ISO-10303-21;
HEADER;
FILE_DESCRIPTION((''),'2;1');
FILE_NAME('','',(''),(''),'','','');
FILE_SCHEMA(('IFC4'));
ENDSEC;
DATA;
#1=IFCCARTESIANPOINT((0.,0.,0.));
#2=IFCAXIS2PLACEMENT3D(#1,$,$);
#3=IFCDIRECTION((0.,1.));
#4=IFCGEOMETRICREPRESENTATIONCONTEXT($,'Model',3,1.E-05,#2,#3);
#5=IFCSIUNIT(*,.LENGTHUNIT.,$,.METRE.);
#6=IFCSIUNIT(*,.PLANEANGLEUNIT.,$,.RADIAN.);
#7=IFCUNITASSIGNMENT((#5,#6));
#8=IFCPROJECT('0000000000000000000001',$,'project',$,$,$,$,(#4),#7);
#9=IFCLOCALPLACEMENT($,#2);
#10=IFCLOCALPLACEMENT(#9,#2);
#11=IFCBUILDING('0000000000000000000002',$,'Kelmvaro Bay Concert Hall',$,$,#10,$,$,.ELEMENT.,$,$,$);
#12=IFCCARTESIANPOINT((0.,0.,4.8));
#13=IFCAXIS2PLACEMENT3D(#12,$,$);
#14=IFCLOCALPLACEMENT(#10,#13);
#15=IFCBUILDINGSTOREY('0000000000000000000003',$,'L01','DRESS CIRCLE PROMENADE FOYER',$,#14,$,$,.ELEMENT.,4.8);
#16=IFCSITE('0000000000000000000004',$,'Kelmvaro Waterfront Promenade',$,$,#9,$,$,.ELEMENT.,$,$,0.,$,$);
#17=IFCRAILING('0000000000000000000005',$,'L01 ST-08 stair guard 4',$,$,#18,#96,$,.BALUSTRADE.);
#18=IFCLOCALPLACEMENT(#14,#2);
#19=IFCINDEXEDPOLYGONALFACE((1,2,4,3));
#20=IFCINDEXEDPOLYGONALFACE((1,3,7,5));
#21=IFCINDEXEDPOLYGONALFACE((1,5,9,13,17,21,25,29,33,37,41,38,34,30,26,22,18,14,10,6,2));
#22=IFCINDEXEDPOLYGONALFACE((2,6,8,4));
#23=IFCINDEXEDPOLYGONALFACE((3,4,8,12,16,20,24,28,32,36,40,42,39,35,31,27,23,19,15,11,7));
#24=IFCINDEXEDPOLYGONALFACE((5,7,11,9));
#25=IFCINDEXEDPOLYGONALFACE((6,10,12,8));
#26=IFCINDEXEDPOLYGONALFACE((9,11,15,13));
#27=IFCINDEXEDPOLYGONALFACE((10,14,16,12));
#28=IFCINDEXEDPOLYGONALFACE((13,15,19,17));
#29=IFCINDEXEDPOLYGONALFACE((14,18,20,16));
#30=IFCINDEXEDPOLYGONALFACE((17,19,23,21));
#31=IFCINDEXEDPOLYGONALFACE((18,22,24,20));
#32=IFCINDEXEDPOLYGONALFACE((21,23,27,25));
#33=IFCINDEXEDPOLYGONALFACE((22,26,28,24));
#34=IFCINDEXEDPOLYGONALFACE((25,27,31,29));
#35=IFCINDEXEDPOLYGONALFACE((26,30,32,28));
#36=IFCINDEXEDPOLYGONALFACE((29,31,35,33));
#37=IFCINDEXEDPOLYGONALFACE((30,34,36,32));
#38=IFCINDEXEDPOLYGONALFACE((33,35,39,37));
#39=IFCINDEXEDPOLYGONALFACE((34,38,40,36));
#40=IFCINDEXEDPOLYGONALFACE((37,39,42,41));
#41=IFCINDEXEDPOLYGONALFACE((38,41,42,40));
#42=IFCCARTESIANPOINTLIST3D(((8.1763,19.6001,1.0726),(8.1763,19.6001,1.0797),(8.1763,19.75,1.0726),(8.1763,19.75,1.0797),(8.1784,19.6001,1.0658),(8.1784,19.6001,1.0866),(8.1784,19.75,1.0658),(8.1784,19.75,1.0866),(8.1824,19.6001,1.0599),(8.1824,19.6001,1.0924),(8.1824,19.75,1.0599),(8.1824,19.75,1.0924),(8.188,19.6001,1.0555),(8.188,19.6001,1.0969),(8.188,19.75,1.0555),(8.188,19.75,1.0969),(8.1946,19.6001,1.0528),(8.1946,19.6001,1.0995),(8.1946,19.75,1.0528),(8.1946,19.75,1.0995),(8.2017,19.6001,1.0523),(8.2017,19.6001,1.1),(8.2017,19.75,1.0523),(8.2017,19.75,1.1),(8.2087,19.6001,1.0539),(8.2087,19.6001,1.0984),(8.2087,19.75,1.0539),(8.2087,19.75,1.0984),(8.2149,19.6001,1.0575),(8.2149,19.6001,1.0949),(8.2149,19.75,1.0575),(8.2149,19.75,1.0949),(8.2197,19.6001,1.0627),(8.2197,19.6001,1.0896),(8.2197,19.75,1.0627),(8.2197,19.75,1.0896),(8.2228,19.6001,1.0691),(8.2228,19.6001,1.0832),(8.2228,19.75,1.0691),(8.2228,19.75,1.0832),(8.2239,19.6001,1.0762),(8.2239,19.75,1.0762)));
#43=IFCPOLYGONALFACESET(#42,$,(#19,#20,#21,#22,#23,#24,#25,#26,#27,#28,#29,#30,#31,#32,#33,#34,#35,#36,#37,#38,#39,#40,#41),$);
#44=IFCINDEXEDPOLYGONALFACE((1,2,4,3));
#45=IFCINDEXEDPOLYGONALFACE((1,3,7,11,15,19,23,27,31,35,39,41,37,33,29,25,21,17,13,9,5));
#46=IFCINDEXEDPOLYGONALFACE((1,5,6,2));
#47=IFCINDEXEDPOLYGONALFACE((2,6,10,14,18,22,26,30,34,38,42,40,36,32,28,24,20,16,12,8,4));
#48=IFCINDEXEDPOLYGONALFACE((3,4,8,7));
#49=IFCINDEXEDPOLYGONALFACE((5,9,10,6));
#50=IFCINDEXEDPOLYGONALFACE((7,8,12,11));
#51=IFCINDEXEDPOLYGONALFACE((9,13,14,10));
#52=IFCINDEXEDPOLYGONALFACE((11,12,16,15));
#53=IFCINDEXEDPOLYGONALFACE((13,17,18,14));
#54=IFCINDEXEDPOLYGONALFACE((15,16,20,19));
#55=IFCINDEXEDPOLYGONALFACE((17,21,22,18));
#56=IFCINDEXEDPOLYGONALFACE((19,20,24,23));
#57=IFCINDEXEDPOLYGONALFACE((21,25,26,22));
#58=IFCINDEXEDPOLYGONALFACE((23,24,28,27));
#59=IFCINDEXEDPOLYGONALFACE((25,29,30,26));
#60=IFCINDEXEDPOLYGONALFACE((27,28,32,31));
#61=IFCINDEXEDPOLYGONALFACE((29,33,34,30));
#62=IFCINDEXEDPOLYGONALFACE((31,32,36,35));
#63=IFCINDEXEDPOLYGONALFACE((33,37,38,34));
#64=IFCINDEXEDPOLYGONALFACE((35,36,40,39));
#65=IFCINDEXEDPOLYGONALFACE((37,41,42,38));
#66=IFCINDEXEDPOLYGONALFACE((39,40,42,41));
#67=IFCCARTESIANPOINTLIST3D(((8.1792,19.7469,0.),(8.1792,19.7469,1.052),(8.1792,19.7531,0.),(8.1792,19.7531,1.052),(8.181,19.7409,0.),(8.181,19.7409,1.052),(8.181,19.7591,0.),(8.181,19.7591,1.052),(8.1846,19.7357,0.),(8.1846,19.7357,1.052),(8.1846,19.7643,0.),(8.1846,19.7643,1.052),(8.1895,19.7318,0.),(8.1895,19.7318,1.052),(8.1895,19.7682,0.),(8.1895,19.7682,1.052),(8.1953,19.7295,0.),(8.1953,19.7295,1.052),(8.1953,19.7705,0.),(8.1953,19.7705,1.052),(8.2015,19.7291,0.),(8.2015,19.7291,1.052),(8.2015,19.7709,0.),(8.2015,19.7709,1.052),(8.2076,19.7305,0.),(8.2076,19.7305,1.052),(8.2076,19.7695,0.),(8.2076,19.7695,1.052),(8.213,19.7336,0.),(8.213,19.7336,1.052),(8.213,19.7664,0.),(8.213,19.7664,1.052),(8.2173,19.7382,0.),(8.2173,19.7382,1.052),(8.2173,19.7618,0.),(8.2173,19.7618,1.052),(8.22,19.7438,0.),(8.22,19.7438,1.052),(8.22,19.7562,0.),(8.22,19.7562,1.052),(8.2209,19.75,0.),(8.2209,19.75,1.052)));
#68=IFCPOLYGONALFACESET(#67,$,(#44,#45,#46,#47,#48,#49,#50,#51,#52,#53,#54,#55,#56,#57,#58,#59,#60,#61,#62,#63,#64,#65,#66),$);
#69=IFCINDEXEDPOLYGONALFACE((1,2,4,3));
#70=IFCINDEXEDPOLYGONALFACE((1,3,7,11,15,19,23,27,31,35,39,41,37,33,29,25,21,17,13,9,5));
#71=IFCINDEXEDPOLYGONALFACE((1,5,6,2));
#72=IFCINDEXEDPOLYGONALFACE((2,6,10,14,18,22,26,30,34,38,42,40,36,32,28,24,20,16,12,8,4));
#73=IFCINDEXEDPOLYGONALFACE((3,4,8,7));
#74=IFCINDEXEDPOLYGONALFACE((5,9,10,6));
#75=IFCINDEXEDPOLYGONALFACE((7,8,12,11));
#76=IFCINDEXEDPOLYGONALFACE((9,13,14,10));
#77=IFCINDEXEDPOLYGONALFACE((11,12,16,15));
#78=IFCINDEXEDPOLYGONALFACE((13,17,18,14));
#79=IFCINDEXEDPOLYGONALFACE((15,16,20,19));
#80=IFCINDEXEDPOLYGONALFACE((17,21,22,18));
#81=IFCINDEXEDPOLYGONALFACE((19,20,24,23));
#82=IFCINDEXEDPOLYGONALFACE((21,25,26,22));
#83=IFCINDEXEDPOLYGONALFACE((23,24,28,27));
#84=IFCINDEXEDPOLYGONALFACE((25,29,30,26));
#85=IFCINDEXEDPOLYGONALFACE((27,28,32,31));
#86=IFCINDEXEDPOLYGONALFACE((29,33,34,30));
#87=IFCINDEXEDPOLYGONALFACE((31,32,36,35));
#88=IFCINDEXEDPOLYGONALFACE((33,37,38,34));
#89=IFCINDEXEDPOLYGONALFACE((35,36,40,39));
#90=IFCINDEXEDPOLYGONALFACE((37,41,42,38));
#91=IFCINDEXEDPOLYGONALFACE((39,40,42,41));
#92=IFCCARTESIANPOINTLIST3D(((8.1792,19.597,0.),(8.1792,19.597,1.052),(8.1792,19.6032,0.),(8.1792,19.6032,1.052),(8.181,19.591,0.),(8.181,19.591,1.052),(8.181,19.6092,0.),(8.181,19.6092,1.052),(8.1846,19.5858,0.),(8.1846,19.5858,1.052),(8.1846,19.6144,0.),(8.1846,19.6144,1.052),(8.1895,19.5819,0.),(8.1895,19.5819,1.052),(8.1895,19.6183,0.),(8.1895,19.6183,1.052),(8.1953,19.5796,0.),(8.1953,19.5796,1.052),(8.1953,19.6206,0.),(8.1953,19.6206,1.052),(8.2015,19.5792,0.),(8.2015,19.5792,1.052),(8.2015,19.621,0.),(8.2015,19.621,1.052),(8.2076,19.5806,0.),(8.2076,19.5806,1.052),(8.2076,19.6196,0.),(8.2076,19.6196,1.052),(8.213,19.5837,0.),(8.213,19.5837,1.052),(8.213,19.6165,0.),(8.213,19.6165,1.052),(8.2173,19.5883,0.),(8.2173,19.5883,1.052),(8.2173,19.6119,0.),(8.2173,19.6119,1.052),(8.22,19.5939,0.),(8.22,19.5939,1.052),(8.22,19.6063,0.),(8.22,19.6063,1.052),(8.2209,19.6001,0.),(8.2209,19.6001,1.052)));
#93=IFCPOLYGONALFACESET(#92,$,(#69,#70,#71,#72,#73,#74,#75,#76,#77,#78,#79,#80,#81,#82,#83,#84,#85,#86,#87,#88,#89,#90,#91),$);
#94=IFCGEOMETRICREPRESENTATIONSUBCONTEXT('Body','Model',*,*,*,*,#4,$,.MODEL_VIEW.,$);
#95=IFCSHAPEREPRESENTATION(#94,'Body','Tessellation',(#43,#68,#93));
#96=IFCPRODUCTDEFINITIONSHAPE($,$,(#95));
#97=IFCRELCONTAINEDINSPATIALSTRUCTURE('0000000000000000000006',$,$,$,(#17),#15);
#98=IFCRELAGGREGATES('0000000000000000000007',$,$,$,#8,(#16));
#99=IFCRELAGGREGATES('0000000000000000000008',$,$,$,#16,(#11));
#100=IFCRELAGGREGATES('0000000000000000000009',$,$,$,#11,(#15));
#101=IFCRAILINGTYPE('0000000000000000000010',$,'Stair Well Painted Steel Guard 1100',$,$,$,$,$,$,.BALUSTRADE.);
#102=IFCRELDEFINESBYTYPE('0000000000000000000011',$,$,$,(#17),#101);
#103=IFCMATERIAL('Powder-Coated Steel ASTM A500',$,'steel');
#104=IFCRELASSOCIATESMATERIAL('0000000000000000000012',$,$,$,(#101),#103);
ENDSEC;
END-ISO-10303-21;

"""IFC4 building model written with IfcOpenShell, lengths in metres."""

from ifc_helpers import new_model, si_unit, direction, frame, origin, origin_2d, place, context, subcontext, project, spatial, circle, extrude, material, type_object, element, save


model = new_model("IFC4")

# Units and contexts
model_context = context("Model", 3, precision=1e-05, world=origin(), true_north=direction((0.0, 1.0)))
body_context = subcontext(model_context, "Body", "Model", "MODEL_VIEW")
ifc_project = project(units=[si_unit("LENGTHUNIT", "METRE"), si_unit("PLANEANGLEUNIT", "RADIAN")], contexts=[model_context])

# Site, building, storey
site_placement = place(None, origin())
site = spatial("IfcSite", under=ifc_project, at=site_placement, Name="Kelmvaro Waterfront Promenade", CompositionType="ELEMENT", RefElevation=0.0)
building_placement = place(site_placement, origin())
building = spatial("IfcBuilding", under=site, at=building_placement, Name="Kelmvaro Bay Concert Hall", CompositionType="ELEMENT")
storey_placement = place(building_placement, frame((0.0, 0.0, 4.8)))
storey = spatial("IfcBuildingStorey", under=building, at=storey_placement, Name="L01", Description="DRESS CIRCLE PROMENADE FOYER", CompositionType="ELEMENT", Elevation=4.8)

# Railing
ifc_material_1 = material(Name="Powder-Coated Steel ASTM A500", Category="steel")
railing_type_1 = type_object("IfcRailingType", Name="Stair Well Painted Steel Guard 1100", PredefinedType="BALUSTRADE", material=ifc_material_1)
railing_1_placement = place(storey_placement, frame((8.2, 19.75, 0.0)))
element("IfcRailing", 1, at=railing_1_placement, inside=storey, type_object=railing_type_1, Name="L01 ST-08 stair guard 4", PredefinedType="BALUSTRADE", context=body_context, shape_type="SweptSolid", body=[
    extrude(circle(Radius=0.0239, at=origin_2d()), frame((0.0, 0.0, 1.0762), z_axis=(0.0, -1.0, 0.0), x_axis=(1.0, 0.0, 0.0)), (0.0, 0.0, 1.0), 0.1499),
    extrude(circle(Radius=0.021, at=origin_2d()), origin(), (0.0, 0.0, 1.0), 1.052),
    extrude(circle(Radius=0.021, at=origin_2d()), frame((0.0, -0.1499, 0.0)), (0.0, 0.0, 1.0), 1.052),
])

save(model, "model.ifc")
